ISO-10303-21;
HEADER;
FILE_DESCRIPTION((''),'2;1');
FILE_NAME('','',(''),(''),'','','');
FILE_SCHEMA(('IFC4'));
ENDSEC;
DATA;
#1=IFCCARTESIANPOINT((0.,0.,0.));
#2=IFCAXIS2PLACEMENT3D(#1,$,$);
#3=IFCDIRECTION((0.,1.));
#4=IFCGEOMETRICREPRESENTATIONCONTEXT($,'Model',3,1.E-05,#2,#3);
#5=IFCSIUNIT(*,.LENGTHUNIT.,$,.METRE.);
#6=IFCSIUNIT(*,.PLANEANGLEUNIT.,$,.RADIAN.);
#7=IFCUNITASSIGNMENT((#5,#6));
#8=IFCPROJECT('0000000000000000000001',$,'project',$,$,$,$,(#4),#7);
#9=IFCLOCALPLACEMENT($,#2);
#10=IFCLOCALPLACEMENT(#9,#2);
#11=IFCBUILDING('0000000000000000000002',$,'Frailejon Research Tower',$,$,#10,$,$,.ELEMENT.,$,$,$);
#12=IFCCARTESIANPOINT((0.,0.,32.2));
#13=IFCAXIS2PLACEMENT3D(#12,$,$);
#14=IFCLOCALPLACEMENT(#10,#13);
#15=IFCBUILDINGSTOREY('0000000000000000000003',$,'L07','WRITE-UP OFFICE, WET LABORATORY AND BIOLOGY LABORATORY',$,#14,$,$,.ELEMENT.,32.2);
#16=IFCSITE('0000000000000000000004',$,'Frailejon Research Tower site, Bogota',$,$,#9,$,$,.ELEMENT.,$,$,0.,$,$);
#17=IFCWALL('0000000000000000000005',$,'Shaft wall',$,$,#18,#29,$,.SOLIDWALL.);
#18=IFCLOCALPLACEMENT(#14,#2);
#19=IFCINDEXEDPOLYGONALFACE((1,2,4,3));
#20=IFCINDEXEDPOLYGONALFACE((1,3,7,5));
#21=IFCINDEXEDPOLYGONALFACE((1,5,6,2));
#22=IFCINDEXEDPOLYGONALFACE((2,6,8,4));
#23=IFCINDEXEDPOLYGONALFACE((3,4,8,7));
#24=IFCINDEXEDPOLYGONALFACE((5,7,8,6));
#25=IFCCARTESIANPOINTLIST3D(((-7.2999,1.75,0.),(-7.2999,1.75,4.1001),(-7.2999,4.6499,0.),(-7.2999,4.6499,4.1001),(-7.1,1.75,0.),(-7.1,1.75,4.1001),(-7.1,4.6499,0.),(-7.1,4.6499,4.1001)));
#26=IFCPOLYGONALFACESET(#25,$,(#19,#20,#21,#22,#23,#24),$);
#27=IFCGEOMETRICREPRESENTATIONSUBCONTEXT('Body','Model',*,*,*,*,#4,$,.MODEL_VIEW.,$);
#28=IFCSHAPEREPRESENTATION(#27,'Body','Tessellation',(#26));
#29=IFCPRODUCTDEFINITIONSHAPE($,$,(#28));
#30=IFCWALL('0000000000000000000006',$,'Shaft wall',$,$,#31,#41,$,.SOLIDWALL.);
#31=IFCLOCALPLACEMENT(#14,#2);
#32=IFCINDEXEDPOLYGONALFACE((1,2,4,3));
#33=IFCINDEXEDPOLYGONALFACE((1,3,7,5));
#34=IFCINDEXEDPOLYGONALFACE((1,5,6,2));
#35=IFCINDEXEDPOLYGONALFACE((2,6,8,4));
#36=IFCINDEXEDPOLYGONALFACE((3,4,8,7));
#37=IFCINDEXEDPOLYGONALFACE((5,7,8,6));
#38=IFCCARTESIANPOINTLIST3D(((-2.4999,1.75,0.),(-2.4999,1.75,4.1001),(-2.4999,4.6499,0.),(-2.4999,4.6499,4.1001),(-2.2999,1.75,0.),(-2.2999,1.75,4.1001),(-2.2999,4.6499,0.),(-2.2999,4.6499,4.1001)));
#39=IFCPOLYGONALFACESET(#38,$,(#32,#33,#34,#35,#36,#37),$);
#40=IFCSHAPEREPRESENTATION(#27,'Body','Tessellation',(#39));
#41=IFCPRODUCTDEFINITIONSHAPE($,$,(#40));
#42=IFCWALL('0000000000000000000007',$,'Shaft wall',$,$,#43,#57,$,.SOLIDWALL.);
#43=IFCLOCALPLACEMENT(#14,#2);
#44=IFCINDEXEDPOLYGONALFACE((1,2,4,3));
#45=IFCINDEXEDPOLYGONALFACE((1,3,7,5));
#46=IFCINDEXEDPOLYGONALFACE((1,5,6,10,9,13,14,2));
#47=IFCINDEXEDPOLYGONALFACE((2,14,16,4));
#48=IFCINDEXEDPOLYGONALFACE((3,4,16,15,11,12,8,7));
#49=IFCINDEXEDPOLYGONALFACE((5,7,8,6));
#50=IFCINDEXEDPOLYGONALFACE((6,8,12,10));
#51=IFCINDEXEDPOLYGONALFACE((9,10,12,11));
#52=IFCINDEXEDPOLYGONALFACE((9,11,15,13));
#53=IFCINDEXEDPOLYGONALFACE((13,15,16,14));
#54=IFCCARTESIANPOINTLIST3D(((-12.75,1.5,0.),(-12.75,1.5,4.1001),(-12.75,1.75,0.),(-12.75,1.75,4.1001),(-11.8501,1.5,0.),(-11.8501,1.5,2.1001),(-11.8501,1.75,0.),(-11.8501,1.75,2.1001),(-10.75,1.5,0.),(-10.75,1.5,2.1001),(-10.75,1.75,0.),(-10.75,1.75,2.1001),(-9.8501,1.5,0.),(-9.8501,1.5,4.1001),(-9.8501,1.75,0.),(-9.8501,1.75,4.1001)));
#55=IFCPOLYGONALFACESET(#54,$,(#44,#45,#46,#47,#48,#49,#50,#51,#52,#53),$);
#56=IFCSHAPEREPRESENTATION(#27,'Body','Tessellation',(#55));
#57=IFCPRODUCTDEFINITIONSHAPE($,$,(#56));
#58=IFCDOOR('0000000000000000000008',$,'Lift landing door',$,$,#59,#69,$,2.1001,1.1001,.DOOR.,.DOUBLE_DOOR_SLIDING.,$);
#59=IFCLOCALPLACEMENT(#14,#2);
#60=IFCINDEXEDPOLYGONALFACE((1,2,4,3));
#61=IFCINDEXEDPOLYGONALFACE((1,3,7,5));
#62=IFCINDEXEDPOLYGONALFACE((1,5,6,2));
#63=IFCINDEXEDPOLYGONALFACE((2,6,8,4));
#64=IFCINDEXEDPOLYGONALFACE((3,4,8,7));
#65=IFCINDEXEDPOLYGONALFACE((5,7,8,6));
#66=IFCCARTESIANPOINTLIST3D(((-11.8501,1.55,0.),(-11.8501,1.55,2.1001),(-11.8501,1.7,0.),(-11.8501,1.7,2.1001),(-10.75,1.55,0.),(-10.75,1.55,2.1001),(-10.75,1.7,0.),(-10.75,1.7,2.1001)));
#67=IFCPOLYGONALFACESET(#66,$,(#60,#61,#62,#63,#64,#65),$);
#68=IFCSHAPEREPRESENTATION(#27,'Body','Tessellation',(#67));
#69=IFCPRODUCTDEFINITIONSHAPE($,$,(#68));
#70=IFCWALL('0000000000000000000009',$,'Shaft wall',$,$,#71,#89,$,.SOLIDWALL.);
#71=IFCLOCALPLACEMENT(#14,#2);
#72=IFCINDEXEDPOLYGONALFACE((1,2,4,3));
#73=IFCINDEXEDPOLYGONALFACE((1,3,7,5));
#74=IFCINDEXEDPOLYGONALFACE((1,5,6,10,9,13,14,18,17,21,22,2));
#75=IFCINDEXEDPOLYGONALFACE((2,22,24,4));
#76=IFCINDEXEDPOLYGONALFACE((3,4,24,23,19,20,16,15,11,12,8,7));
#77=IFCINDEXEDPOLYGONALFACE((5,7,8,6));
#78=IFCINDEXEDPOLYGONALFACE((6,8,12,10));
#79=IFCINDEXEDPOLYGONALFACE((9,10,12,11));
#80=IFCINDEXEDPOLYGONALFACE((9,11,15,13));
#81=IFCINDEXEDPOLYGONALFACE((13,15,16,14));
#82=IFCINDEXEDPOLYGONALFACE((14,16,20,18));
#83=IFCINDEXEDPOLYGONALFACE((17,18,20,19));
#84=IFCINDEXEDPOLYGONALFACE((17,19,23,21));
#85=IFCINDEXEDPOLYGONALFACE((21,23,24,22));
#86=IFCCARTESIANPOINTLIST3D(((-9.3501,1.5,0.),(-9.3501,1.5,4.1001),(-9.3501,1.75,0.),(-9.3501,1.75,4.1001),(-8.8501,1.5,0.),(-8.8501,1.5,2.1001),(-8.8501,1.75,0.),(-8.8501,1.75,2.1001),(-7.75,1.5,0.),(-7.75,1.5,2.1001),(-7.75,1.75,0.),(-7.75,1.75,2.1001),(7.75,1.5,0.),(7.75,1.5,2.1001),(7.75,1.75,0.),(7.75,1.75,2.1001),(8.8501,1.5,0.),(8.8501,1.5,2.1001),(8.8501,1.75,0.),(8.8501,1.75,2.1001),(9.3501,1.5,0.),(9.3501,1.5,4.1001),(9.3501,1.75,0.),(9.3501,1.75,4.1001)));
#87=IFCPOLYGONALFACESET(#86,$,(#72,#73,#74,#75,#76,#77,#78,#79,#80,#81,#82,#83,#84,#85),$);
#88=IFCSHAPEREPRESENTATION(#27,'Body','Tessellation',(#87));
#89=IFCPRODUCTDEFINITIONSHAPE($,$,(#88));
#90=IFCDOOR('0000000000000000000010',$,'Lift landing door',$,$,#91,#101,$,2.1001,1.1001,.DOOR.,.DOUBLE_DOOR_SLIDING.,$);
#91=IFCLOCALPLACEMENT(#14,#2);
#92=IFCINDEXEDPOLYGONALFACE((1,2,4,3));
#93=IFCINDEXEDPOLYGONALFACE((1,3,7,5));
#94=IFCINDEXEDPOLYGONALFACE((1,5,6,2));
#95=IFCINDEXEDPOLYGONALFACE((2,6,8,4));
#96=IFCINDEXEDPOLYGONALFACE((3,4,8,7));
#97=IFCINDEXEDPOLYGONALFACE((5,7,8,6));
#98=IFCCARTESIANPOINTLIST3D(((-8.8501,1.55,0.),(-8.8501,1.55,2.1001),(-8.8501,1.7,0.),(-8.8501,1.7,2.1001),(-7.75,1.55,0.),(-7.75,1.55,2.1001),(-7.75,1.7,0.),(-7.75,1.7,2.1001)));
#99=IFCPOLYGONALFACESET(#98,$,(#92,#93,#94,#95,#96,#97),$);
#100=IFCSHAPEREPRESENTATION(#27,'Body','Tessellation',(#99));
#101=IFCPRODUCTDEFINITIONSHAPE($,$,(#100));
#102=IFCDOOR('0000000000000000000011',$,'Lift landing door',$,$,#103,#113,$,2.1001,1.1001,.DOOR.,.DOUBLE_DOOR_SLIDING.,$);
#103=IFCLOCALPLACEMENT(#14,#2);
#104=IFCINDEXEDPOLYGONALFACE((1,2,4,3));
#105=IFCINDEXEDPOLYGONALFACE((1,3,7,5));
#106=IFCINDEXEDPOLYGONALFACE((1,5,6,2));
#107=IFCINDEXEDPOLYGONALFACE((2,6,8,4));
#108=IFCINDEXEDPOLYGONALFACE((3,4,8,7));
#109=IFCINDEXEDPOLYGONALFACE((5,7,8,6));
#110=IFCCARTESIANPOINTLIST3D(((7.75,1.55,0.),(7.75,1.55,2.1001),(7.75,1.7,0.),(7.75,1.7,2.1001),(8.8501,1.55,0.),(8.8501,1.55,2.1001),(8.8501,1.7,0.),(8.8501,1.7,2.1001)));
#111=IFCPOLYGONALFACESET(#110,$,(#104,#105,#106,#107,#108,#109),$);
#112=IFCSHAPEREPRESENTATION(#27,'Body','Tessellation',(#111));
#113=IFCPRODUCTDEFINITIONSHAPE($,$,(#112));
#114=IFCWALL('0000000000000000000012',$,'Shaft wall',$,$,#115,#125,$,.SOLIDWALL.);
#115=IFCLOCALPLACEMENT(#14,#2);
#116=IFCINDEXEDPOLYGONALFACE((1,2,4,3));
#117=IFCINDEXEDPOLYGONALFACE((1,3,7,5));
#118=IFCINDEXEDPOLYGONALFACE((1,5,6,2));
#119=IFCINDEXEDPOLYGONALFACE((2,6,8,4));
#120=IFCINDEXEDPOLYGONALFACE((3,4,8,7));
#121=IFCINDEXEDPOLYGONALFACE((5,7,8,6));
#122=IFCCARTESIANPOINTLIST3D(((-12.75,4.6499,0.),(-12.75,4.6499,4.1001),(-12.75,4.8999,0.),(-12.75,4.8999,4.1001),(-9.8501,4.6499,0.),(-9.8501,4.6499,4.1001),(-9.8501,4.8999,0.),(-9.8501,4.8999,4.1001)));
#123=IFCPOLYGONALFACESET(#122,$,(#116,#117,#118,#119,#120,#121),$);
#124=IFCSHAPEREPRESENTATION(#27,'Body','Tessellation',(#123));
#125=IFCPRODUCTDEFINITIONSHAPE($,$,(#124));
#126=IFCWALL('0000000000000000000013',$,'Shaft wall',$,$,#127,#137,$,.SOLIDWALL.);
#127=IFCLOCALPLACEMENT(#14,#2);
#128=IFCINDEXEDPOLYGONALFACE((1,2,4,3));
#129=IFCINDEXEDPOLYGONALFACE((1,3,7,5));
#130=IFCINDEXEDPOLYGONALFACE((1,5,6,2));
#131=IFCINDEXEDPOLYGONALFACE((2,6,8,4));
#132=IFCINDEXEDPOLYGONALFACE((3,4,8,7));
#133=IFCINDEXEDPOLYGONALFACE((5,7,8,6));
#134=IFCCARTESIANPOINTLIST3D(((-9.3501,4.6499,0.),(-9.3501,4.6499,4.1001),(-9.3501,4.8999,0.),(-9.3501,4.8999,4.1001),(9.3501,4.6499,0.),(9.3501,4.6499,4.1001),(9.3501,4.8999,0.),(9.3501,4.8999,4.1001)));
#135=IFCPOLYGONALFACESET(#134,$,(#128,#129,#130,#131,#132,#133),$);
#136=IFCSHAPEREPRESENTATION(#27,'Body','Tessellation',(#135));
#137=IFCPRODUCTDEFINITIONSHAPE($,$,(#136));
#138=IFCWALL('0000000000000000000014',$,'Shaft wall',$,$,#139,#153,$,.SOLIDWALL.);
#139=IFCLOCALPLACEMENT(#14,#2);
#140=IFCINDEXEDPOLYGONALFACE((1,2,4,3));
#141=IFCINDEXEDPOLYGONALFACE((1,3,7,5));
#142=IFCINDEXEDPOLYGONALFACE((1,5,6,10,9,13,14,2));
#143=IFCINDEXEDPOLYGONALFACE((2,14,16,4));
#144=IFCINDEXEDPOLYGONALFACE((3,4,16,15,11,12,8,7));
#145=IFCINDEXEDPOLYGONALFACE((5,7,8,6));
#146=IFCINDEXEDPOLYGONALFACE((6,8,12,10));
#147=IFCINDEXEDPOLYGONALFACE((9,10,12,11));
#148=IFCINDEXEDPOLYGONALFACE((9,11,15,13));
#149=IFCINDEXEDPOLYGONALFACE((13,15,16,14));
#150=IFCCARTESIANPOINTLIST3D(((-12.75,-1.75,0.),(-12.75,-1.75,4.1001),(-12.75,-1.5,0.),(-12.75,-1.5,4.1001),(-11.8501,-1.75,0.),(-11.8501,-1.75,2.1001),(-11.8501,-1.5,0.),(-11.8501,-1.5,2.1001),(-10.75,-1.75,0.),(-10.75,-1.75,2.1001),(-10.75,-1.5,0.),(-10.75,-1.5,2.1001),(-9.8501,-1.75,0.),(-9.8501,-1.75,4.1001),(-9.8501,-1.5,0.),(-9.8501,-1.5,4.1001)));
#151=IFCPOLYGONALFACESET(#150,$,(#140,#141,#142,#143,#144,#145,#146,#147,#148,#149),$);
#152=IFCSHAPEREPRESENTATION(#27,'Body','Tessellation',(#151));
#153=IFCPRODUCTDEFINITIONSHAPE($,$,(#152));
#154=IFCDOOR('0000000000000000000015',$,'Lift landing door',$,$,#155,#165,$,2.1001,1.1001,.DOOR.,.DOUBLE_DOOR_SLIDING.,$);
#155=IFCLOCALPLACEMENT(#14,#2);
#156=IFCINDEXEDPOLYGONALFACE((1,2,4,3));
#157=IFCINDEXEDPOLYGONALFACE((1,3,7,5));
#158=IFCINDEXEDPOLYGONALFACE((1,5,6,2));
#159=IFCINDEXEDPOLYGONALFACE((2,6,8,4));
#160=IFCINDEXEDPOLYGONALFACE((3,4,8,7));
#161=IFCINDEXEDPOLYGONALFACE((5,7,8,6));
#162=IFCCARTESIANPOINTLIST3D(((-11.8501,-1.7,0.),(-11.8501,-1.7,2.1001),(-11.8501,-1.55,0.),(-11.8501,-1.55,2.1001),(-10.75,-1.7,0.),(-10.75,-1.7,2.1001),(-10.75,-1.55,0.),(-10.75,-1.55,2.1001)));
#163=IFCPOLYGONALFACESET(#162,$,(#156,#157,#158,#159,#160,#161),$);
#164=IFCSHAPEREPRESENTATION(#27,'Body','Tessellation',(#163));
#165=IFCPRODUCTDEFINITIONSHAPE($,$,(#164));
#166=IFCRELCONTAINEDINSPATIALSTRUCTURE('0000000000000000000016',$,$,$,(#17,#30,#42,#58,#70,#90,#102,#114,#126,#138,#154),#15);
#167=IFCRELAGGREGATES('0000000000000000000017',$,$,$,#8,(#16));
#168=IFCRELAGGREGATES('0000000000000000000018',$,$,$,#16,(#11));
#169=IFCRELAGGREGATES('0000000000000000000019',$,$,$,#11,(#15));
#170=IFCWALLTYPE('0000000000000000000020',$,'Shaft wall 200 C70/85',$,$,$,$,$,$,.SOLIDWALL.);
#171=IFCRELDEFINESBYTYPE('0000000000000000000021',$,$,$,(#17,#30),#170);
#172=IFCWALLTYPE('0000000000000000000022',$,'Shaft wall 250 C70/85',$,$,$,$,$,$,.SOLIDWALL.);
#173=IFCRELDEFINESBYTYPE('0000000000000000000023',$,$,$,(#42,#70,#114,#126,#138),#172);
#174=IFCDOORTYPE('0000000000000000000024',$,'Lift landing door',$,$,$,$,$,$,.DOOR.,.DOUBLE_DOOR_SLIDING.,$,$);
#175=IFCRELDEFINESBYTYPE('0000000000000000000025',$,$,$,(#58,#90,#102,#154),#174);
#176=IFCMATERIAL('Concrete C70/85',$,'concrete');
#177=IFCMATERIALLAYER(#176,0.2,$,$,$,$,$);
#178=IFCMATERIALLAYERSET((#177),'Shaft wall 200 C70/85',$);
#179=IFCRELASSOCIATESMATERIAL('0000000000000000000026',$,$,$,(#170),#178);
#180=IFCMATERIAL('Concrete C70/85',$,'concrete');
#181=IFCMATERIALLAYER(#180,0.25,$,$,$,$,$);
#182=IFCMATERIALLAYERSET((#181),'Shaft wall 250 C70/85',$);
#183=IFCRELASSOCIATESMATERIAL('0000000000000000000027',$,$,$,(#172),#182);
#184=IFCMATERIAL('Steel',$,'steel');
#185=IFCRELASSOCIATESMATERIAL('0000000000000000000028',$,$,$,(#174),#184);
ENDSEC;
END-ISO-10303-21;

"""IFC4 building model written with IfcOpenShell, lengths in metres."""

from ifc_helpers import new_model, si_unit, direction, frame, frame_2d, origin, place, context, subcontext, project, spatial, rectangle, extrude, material, layer, layer_set, type_object, element, fill, save


model = new_model("IFC4")

# Units and contexts
model_context = context("Model", 3, precision=1e-05, world=origin(), true_north=direction((0.0, 1.0)))
body_context = subcontext(model_context, "Body", "Model", "MODEL_VIEW")
ifc_project = project(units=[si_unit("LENGTHUNIT", "METRE"), si_unit("PLANEANGLEUNIT", "RADIAN")], contexts=[model_context])

# Site, building, storey
site_placement = place(None, origin())
site = spatial("IfcSite", under=ifc_project, at=site_placement, Name="Frailejon Research Tower site, Bogota", CompositionType="ELEMENT", RefElevation=0.0)
building_placement = place(site_placement, origin())
building = spatial("IfcBuilding", under=site, at=building_placement, Name="Frailejon Research Tower", CompositionType="ELEMENT")
storey_placement = place(building_placement, frame((0.0, 0.0, 32.2)))
storey = spatial("IfcBuildingStorey", under=building, at=storey_placement, Name="L07", Description="WRITE-UP OFFICE, WET LABORATORY AND BIOLOGY LABORATORY", CompositionType="ELEMENT", Elevation=32.2)

# Walls
ifc_material_1 = material(Name="Concrete C70/85", Category="concrete")
ifc_layer_1 = layer(ifc_material_1, 0.2)
ifc_layer_set_1 = layer_set([ifc_layer_1], Name="Shaft wall 200 C70/85")
wall_type_1 = type_object("IfcWallType", Name="Shaft wall 200 C70/85", PredefinedType="SOLIDWALL", material=ifc_layer_set_1)
for number, where, z_axis, x_axis, name in (
    (1, (-7.2, 1.75, 0.0), (0.0, 0.0, 1.0), (0.0, 1.0, 0.0), "Shaft wall"),
    (2, (-2.3999, 1.75, 0.0), (0.0, 0.0, 1.0), (0.0, 1.0, 0.0), "Shaft wall"),
):
    element("IfcWall", number, at=place(storey_placement, frame(where, z_axis=z_axis, x_axis=x_axis)), inside=storey, type_object=wall_type_1, Name=name, PredefinedType="SOLIDWALL", context=body_context, shape_type="SweptSolid", body=[
        extrude(rectangle(XDim=2.8999, YDim=0.2, at=frame_2d((1.45, 0.0))), origin(), (0.0, 0.0, 1.0), 4.1001),
    ])

# Wall, opening, door
ifc_material_2 = material(Name="Concrete C70/85", Category="concrete")
ifc_layer_2 = layer(ifc_material_2, 0.25)
ifc_layer_set_2 = layer_set([ifc_layer_2], Name="Shaft wall 250 C70/85")
wall_type_2 = type_object("IfcWallType", Name="Shaft wall 250 C70/85", PredefinedType="SOLIDWALL", material=ifc_layer_set_2)
wall_1_placement = place(storey_placement, frame((-12.75, 1.625, 0.0), z_axis=(0.0, 0.0, 1.0), x_axis=(1.0, 0.0, 0.0)))
wall_1 = element("IfcWall", 3, at=wall_1_placement, inside=storey, type_object=wall_type_2, Name="Shaft wall", PredefinedType="SOLIDWALL", context=body_context, shape_type="SweptSolid", body=[
    extrude(rectangle(XDim=2.8999, YDim=0.25, at=frame_2d((1.45, 0.0))), origin(), (0.0, 0.0, 1.0), 4.1001),
])
opening_1_placement = place(wall_1_placement, frame((0.8999, 0.0, 0.0)))
opening_1 = element("IfcOpeningElement", 4, at=opening_1_placement, cuts=wall_1, PredefinedType="OPENING", context=body_context, shape_type="SweptSolid", body=[
    extrude(rectangle(XDim=1.1001, YDim=2.1001, at=frame_2d((0.55, 1.05))), frame((0.0, 0.135, 0.0), z_axis=(0.0, -1.0, 0.0), x_axis=(1.0, 0.0, 0.0)), (0.0, 0.0, 1.0), 0.27),
])
ifc_material_3 = material(Name="Steel", Category="steel")
door_type = type_object("IfcDoorType", Name="Lift landing door", OperationType="DOUBLE_DOOR_SLIDING", PredefinedType="DOOR", material=ifc_material_3)
door_1_placement = place(opening_1_placement, origin())
door_1 = element("IfcDoor", 5, at=door_1_placement, inside=storey, type_object=door_type, Name="Lift landing door", OperationType="DOUBLE_DOOR_SLIDING", OverallHeight=2.1001, OverallWidth=1.1001, PredefinedType="DOOR", context=body_context, shape_type="SweptSolid", body=[
    extrude(rectangle(XDim=1.1001, YDim=2.1001, at=frame_2d((0.55, 1.05))), frame((0.0, 0.075, 0.0), z_axis=(0.0, -1.0, 0.0), x_axis=(1.0, 0.0, 0.0)), (0.0, 0.0, 1.0), 0.1499),
])
fill(opening_1, door_1)

# Wall, openings, doors
wall_2_placement = place(storey_placement, frame((-9.3501, 1.625, 0.0), z_axis=(0.0, 0.0, 1.0), x_axis=(1.0, 0.0, 0.0)))
wall_2 = element("IfcWall", 6, at=wall_2_placement, inside=storey, type_object=wall_type_2, Name="Shaft wall", PredefinedType="SOLIDWALL", context=body_context, shape_type="SweptSolid", body=[
    extrude(rectangle(XDim=18.7002, YDim=0.25, at=frame_2d((9.3501, 0.0))), origin(), (0.0, 0.0, 1.0), 4.1001),
])
opening_2_placement = place(wall_2_placement, frame((0.5, 0.0, 0.0)))
opening_2 = element("IfcOpeningElement", 7, at=opening_2_placement, cuts=wall_2, PredefinedType="OPENING", context=body_context, shape_type="SweptSolid", body=[
    extrude(rectangle(XDim=1.1001, YDim=2.1001, at=frame_2d((0.55, 1.05))), frame((0.0, 0.135, 0.0), z_axis=(0.0, -1.0, 0.0), x_axis=(1.0, 0.0, 0.0)), (0.0, 0.0, 1.0), 0.27),
])
opening_3_placement = place(wall_2_placement, frame((17.1001, 0.0, 0.0)))
opening_3 = element("IfcOpeningElement", 8, at=opening_3_placement, cuts=wall_2, PredefinedType="OPENING", context=body_context, shape_type="SweptSolid", body=[
    extrude(rectangle(XDim=1.1001, YDim=2.1001, at=frame_2d((0.55, 1.05))), frame((0.0, 0.135, 0.0), z_axis=(0.0, -1.0, 0.0), x_axis=(1.0, 0.0, 0.0)), (0.0, 0.0, 1.0), 0.27),
])
door_2_placement = place(opening_2_placement, origin())
door_2 = element("IfcDoor", 9, at=door_2_placement, inside=storey, type_object=door_type, Name="Lift landing door", OperationType="DOUBLE_DOOR_SLIDING", OverallHeight=2.1001, OverallWidth=1.1001, PredefinedType="DOOR", context=body_context, shape_type="SweptSolid", body=[
    extrude(rectangle(XDim=1.1001, YDim=2.1001, at=frame_2d((0.55, 1.05))), frame((0.0, 0.075, 0.0), z_axis=(0.0, -1.0, 0.0), x_axis=(1.0, 0.0, 0.0)), (0.0, 0.0, 1.0), 0.1499),
])
fill(opening_2, door_2)
door_3_placement = place(opening_3_placement, origin())
door_3 = element("IfcDoor", 10, at=door_3_placement, inside=storey, type_object=door_type, Name="Lift landing door", OperationType="DOUBLE_DOOR_SLIDING", OverallHeight=2.1001, OverallWidth=1.1001, PredefinedType="DOOR", context=body_context, shape_type="SweptSolid", body=[
    extrude(rectangle(XDim=1.1001, YDim=2.1001, at=frame_2d((0.55, 1.05))), frame((0.0, 0.075, 0.0), z_axis=(0.0, -1.0, 0.0), x_axis=(1.0, 0.0, 0.0)), (0.0, 0.0, 1.0), 0.1499),
])
fill(opening_3, door_3)

# Walls
wall_3_placement = place(storey_placement, frame((-12.75, 4.7749, 0.0), z_axis=(0.0, 0.0, 1.0), x_axis=(1.0, 0.0, 0.0)))
element("IfcWall", 11, at=wall_3_placement, inside=storey, type_object=wall_type_2, Name="Shaft wall", PredefinedType="SOLIDWALL", context=body_context, shape_type="SweptSolid", body=[
    extrude(rectangle(XDim=2.8999, YDim=0.25, at=frame_2d((1.45, 0.0))), origin(), (0.0, 0.0, 1.0), 4.1001),
])
wall_4_placement = place(storey_placement, frame((-9.3501, 4.7749, 0.0), z_axis=(0.0, 0.0, 1.0), x_axis=(1.0, 0.0, 0.0)))
element("IfcWall", 12, at=wall_4_placement, inside=storey, type_object=wall_type_2, Name="Shaft wall", PredefinedType="SOLIDWALL", context=body_context, shape_type="SweptSolid", body=[
    extrude(rectangle(XDim=18.7002, YDim=0.25, at=frame_2d((9.3501, 0.0))), origin(), (0.0, 0.0, 1.0), 4.1001),
])

# Wall, opening, door
wall_5_placement = place(storey_placement, frame((-12.75, -1.625, 0.0), z_axis=(0.0, 0.0, 1.0), x_axis=(1.0, 0.0, 0.0)))
wall_5 = element("IfcWall", 13, at=wall_5_placement, inside=storey, type_object=wall_type_2, Name="Shaft wall", PredefinedType="SOLIDWALL", context=body_context, shape_type="SweptSolid", body=[
    extrude(rectangle(XDim=2.8999, YDim=0.25, at=frame_2d((1.45, 0.0))), origin(), (0.0, 0.0, 1.0), 4.1001),
])
opening_4_placement = place(wall_5_placement, frame((0.8999, 0.0, 0.0)))
opening_4 = element("IfcOpeningElement", 14, at=opening_4_placement, cuts=wall_5, PredefinedType="OPENING", context=body_context, shape_type="SweptSolid", body=[
    extrude(rectangle(XDim=1.1001, YDim=2.1001, at=frame_2d((0.55, 1.05))), frame((0.0, 0.135, 0.0), z_axis=(0.0, -1.0, 0.0), x_axis=(1.0, 0.0, 0.0)), (0.0, 0.0, 1.0), 0.27),
])
door_4_placement = place(opening_4_placement, origin())
door_4 = element("IfcDoor", 15, at=door_4_placement, inside=storey, type_object=door_type, Name="Lift landing door", OperationType="DOUBLE_DOOR_SLIDING", OverallHeight=2.1001, OverallWidth=1.1001, PredefinedType="DOOR", context=body_context, shape_type="SweptSolid", body=[
    extrude(rectangle(XDim=1.1001, YDim=2.1001, at=frame_2d((0.55, 1.05))), frame((0.0, 0.075, 0.0), z_axis=(0.0, -1.0, 0.0), x_axis=(1.0, 0.0, 0.0)), (0.0, 0.0, 1.0), 0.1499),
])
fill(opening_4, door_4)

save(model, "model.ifc")
